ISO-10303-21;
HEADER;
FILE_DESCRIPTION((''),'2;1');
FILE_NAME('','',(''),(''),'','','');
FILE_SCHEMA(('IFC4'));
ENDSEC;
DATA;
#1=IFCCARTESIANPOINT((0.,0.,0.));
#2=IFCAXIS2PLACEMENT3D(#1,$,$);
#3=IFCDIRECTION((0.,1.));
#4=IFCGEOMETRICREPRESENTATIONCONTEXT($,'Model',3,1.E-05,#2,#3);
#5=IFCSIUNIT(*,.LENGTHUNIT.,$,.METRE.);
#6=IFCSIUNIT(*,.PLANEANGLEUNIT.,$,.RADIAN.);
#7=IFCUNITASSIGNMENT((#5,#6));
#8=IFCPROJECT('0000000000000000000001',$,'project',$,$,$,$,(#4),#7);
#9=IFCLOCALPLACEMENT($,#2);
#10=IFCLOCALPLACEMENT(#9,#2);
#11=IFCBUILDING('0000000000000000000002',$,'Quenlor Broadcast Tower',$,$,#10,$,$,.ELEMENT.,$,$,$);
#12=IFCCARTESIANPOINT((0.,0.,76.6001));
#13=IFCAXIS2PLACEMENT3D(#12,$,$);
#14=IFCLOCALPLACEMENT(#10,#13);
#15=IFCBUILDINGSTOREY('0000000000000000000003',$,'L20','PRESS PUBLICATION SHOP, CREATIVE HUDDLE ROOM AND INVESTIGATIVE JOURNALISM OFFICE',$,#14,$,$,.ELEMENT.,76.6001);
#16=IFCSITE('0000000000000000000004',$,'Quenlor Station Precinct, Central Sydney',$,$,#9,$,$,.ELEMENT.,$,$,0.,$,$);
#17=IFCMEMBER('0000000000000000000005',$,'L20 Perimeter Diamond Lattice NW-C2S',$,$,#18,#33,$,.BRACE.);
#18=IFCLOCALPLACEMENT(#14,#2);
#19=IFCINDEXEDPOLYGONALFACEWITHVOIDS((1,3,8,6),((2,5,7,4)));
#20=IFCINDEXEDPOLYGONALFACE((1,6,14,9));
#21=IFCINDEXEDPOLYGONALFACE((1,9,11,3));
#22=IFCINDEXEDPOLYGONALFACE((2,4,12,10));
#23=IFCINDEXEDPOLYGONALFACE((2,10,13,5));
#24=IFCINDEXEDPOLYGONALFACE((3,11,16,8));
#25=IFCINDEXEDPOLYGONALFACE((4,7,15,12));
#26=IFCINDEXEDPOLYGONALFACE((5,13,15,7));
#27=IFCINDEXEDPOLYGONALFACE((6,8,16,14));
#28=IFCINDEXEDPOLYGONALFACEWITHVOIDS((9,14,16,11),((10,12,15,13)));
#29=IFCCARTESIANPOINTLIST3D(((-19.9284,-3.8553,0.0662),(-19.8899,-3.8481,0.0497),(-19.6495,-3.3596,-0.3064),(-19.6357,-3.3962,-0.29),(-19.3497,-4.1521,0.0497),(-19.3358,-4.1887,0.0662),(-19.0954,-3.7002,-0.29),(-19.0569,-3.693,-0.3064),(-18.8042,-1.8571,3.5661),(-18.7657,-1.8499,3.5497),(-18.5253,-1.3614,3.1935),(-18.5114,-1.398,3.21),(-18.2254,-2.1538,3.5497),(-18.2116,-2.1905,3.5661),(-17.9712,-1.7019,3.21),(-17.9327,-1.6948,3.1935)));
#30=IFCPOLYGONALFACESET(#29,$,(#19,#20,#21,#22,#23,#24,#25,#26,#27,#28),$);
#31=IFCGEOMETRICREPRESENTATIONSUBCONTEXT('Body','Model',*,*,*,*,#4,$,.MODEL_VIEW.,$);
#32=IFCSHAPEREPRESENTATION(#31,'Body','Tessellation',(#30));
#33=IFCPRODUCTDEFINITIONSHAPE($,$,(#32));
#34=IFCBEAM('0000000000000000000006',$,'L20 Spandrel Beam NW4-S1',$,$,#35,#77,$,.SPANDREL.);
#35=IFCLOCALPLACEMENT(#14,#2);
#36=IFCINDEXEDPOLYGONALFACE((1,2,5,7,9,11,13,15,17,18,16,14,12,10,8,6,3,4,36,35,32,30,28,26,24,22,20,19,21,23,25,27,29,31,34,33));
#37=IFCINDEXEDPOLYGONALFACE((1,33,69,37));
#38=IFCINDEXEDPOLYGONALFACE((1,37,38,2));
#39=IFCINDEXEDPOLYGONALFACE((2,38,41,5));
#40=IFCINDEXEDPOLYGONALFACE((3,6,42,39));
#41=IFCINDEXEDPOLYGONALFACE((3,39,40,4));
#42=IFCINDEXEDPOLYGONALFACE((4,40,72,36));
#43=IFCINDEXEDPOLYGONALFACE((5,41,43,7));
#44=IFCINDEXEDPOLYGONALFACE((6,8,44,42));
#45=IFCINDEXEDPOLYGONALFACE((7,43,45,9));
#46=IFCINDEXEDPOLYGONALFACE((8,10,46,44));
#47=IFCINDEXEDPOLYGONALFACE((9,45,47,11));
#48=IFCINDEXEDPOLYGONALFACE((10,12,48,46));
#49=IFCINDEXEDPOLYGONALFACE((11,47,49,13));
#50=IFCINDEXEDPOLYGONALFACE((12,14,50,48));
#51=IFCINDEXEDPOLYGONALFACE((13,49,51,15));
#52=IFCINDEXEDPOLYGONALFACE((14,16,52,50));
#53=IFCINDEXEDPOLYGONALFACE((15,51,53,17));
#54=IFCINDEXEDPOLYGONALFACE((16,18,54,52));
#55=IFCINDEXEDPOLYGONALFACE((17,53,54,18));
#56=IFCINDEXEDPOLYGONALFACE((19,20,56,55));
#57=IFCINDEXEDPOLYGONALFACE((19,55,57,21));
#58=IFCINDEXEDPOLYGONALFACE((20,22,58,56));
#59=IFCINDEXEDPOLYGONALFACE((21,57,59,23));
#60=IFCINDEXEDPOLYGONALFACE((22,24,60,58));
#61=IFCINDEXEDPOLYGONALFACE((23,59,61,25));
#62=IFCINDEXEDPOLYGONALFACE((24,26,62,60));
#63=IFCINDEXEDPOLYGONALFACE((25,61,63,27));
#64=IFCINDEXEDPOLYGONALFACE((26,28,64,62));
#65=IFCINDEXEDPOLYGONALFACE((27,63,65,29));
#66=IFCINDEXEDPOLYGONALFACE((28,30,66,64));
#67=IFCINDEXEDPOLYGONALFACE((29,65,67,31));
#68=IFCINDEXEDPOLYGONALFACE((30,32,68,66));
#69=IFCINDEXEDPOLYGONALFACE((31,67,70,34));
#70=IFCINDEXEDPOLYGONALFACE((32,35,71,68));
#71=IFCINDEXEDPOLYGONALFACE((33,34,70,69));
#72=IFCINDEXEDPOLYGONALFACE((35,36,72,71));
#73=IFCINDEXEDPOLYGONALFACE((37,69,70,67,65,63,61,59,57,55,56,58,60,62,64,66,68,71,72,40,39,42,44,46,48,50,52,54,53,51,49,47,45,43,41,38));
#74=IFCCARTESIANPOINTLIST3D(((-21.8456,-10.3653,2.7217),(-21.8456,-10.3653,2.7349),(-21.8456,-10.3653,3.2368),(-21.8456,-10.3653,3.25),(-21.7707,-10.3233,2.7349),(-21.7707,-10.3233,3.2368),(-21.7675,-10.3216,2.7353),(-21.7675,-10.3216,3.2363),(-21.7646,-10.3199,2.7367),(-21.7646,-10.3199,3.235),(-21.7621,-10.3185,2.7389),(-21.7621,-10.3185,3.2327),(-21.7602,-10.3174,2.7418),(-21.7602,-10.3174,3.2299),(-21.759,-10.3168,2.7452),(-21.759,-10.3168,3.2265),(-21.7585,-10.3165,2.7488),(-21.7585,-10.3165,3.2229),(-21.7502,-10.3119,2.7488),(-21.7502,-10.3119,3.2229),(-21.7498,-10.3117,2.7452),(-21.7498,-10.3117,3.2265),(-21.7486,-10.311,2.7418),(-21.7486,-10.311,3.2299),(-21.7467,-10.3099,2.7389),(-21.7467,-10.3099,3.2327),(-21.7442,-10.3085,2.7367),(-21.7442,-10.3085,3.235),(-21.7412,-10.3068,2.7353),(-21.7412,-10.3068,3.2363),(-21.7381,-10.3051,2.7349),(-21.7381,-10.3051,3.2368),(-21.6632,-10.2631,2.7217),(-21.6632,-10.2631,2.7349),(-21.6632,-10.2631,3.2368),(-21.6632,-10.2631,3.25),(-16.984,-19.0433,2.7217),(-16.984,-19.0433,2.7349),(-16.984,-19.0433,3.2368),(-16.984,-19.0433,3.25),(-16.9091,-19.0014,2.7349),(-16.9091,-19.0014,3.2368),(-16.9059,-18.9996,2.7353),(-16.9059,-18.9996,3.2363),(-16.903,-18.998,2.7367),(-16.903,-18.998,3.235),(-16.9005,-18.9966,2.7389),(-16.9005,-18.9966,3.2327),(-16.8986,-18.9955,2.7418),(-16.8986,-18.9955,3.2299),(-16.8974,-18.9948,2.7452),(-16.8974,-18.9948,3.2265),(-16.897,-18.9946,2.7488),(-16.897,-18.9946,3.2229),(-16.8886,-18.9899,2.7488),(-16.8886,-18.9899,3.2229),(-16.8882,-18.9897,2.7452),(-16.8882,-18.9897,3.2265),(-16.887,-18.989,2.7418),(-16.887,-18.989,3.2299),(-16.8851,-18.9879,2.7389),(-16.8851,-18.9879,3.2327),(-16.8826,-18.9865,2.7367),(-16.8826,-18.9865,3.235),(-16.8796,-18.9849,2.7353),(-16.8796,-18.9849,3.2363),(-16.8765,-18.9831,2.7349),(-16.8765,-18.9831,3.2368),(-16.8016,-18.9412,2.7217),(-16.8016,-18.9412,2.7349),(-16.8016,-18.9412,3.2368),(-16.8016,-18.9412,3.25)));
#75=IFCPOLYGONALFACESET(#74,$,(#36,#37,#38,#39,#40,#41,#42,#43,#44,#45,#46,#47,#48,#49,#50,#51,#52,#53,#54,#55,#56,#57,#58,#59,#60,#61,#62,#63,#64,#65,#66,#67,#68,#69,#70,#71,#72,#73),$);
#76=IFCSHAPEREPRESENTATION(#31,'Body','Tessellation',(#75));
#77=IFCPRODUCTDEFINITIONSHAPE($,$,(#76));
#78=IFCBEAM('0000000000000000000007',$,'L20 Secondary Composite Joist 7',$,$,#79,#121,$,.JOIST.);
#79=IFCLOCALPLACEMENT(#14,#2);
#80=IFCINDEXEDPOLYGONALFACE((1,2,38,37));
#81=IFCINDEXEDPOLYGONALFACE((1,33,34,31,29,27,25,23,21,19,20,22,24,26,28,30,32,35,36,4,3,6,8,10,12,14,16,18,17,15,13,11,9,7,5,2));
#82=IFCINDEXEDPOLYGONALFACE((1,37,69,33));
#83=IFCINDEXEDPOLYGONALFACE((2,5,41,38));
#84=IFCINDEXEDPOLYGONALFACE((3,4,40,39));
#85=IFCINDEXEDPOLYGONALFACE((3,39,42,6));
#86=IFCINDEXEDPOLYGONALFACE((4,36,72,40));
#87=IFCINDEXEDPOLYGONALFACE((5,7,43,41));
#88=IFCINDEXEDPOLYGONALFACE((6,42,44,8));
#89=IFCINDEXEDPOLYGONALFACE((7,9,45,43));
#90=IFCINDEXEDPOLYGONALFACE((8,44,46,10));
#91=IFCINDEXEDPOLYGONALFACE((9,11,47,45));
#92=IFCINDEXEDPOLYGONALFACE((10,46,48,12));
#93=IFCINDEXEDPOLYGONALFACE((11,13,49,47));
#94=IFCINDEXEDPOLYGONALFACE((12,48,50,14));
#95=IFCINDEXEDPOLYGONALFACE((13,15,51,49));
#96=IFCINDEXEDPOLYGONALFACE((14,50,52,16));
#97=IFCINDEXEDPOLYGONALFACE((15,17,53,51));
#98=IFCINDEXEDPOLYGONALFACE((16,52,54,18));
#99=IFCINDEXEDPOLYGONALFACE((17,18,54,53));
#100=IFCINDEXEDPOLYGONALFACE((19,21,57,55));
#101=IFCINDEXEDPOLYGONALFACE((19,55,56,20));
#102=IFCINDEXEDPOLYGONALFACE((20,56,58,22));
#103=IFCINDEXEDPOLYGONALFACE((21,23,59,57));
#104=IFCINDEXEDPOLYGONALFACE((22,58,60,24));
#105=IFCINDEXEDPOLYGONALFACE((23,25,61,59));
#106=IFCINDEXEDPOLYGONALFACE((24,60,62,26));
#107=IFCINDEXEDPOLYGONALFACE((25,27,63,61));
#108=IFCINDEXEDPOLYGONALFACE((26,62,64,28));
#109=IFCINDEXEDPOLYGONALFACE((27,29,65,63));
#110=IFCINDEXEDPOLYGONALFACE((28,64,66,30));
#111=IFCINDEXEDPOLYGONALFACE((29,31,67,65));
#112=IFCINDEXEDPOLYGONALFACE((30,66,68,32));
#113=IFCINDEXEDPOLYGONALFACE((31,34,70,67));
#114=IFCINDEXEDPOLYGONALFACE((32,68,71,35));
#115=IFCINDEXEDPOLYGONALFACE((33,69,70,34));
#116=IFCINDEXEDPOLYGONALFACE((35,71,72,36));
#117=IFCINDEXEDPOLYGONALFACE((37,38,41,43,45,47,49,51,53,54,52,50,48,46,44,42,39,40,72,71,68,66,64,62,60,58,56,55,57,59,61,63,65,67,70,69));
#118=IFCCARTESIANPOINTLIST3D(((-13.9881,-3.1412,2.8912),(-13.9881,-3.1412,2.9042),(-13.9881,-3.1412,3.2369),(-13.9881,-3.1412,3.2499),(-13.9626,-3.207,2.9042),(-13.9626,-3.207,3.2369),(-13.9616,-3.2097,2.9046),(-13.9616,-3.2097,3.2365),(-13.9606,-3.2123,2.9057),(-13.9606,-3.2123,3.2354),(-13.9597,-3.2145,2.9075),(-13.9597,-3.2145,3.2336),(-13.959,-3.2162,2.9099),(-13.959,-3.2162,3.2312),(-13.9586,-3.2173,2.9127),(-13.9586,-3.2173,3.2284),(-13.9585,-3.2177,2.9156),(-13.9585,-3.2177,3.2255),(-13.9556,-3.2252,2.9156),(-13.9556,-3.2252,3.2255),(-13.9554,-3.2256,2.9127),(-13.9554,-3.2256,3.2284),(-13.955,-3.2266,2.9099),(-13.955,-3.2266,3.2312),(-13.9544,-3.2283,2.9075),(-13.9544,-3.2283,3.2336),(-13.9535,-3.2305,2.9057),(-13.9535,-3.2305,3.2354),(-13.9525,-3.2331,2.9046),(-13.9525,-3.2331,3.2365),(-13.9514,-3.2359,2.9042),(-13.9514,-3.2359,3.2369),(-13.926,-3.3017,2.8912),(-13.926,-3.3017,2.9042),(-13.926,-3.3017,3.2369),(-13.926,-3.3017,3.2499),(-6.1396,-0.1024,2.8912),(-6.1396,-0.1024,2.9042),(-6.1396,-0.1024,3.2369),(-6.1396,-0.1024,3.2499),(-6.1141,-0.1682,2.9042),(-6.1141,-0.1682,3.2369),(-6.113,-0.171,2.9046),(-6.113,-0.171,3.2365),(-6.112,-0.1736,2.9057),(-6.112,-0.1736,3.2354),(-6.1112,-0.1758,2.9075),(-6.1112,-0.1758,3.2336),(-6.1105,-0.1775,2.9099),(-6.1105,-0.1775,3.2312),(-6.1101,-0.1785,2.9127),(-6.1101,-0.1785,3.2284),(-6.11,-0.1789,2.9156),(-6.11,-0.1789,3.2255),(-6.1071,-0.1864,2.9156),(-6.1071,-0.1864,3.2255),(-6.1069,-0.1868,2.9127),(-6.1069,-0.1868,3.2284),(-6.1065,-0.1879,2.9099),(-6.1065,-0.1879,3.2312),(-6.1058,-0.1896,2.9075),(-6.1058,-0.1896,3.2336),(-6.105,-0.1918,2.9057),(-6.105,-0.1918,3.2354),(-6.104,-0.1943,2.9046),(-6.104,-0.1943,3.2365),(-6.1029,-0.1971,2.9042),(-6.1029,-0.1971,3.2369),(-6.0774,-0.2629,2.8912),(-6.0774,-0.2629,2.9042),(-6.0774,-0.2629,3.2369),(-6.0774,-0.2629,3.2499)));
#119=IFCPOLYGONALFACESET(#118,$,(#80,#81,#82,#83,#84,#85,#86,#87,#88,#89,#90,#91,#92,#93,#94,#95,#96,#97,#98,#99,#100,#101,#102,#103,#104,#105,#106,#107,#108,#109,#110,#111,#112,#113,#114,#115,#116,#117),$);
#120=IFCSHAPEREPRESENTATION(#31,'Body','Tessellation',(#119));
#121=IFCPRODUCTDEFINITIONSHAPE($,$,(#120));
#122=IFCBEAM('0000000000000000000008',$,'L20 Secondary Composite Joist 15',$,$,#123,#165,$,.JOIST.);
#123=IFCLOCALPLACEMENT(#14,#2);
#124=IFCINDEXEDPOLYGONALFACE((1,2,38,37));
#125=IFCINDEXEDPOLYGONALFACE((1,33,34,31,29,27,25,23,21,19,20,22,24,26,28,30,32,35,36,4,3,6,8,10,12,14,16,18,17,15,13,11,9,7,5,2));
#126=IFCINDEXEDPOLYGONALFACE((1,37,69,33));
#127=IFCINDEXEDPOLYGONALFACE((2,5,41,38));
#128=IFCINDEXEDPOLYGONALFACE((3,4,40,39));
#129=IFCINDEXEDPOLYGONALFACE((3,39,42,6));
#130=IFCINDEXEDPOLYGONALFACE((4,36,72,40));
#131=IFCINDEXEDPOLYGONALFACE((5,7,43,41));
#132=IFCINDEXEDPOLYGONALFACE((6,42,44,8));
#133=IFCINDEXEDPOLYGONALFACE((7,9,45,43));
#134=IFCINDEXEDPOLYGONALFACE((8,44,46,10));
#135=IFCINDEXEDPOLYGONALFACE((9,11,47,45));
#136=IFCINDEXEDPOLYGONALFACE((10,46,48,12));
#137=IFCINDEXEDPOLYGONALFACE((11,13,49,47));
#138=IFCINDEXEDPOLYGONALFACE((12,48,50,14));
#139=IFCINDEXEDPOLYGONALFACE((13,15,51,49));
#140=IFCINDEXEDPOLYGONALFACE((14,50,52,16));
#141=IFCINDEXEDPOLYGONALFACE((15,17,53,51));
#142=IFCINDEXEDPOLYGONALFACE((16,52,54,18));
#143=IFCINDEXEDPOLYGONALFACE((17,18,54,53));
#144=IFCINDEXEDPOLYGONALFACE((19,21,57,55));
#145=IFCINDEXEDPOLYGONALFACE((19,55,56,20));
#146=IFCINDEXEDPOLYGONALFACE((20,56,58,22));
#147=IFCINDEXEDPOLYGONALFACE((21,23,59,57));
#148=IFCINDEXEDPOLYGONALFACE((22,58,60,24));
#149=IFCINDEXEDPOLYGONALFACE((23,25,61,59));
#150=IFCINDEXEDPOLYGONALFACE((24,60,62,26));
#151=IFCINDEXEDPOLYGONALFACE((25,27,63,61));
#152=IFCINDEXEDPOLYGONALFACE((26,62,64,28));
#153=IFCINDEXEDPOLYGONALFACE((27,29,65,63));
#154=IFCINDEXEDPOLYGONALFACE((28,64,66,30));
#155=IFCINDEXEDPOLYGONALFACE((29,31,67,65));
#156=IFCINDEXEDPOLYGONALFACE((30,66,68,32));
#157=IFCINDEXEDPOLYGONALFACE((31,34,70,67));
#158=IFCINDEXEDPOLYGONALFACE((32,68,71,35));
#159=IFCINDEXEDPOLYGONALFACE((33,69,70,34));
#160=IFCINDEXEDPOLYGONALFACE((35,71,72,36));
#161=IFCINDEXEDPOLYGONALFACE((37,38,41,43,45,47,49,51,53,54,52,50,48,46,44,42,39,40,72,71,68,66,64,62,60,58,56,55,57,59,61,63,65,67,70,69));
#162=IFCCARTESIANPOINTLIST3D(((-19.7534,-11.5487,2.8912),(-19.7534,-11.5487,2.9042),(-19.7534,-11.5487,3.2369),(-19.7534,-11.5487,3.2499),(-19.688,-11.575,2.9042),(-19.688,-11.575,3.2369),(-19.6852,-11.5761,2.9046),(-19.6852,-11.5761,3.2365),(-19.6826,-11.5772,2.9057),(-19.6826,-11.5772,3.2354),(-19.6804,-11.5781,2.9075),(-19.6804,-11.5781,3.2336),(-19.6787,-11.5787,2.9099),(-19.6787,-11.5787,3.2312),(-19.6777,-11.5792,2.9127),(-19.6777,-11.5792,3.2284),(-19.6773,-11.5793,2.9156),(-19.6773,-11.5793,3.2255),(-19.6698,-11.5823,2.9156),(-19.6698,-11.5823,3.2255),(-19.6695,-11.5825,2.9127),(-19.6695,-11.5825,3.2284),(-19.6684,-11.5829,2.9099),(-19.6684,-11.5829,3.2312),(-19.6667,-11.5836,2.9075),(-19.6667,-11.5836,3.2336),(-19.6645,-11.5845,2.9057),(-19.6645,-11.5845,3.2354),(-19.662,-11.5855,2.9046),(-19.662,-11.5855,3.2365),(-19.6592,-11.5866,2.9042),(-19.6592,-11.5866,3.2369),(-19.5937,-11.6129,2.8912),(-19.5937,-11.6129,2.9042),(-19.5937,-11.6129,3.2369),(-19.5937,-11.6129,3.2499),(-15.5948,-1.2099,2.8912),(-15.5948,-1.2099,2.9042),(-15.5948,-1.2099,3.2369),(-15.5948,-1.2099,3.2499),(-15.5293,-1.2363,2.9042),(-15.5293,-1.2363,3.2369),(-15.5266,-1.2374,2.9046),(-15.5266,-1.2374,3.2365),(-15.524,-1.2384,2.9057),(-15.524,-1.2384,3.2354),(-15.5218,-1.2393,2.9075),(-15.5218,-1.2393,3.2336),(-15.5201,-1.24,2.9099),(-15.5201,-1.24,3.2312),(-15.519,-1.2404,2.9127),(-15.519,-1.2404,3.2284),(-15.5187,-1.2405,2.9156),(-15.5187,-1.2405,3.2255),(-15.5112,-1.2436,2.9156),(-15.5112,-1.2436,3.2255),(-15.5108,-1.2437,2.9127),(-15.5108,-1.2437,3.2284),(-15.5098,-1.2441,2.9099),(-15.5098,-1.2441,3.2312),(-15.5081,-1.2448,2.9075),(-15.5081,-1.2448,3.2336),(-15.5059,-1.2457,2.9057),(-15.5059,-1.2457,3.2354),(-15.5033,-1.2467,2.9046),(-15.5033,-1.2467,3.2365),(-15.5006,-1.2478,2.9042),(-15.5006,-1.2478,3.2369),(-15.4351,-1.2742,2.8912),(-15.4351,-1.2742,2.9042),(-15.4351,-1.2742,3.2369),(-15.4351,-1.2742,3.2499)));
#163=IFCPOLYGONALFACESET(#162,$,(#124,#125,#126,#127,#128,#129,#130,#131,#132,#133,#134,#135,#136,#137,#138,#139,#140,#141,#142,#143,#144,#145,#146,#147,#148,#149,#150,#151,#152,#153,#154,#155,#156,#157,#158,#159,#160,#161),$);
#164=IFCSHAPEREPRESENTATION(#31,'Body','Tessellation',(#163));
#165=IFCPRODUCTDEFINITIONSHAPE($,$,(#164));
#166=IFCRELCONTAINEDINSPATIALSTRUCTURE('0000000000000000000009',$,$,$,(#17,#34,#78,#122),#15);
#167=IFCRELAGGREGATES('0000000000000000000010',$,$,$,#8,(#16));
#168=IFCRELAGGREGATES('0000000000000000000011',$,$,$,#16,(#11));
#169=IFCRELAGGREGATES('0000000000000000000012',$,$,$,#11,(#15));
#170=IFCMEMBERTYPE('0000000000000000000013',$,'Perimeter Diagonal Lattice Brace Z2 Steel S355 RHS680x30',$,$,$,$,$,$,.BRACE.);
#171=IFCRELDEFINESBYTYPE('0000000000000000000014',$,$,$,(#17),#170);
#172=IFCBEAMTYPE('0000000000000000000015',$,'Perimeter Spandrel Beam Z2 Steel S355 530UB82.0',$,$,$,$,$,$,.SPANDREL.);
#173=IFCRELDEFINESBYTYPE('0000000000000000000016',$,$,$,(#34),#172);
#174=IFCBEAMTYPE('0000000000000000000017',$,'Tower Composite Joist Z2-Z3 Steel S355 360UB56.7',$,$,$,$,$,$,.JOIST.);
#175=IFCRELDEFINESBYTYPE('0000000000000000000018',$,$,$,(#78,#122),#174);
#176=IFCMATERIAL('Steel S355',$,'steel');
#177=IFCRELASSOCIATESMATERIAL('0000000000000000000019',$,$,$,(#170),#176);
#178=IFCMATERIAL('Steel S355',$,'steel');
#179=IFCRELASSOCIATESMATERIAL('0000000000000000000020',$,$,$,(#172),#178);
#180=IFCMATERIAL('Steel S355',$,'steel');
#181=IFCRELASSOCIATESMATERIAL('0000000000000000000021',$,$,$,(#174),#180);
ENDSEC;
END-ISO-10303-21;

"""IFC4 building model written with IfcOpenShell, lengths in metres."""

from ifc_helpers import new_model, si_unit, direction, frame, origin, origin_2d, place, context, subcontext, project, spatial, hollow_rectangle, i_section, extrude, material, material_profile, profile_set, type_object, element, save


model = new_model("IFC4")

# Units and contexts
model_context = context("Model", 3, precision=1e-05, world=origin(), true_north=direction((0.0, 1.0)))
body_context = subcontext(model_context, "Body", "Model", "MODEL_VIEW")
ifc_project = project(units=[si_unit("LENGTHUNIT", "METRE"), si_unit("PLANEANGLEUNIT", "RADIAN")], contexts=[model_context])

# Site, building, storey
site_placement = place(None, origin())
site = spatial("IfcSite", under=ifc_project, at=site_placement, Name="Quenlor Station Precinct, Central Sydney", CompositionType="ELEMENT", RefElevation=0.0)
building_placement = place(site_placement, origin())
building = spatial("IfcBuilding", under=site, at=building_placement, Name="Quenlor Broadcast Tower", CompositionType="ELEMENT")
storey_placement = place(building_placement, frame((0.0, 0.0, 76.6001)))
storey = spatial("IfcBuildingStorey", under=building, at=storey_placement, Name="L20", Description="PRESS PUBLICATION SHOP, CREATIVE HUDDLE ROOM AND INVESTIGATIVE JOURNALISM OFFICE", CompositionType="ELEMENT", Elevation=76.6001)

# Member
ifc_material_1 = material(Name="Steel S355", Category="steel")
ifc_material_profile_1 = material_profile(ifc_material_1, hollow_rectangle(XDim=0.6799, YDim=0.6799, WallThickness=0.03, at=origin_2d()))
ifc_profile_set_1 = profile_set([ifc_material_profile_1], Name="Steel S355 RHS680x680x30")
member_type_1 = type_object("IfcMemberType", Name="Perimeter Diagonal Lattice Brace Z2 Steel S355 RHS680x30", PredefinedType="BRACE", material=ifc_profile_set_1)
for number, where, z_axis, x_axis, name in (
    (1, (-19.4927, -3.7742, -0.1201), (0.268697, 0.477585, 0.836489), (-0.871533, 0.490337, 0.0), "L20 Perimeter Diamond Lattice NW-C2S"),
):
    element("IfcMember", number, at=place(storey_placement, frame(where, z_axis=z_axis, x_axis=x_axis)), inside=storey, type_object=member_type_1, Name=name, PredefinedType="BRACE", context=body_context, shape_type="SweptSolid", body=[
        extrude(hollow_rectangle(XDim=0.6799, YDim=0.6799, WallThickness=0.03, at=origin_2d()), origin(), (0.0, 0.0, 1.0), 4.1841),
    ])

# Beams
ifc_material_2 = material(Name="Steel S355", Category="steel")
ifc_material_profile_2 = material_profile(ifc_material_2, i_section(OverallWidth=0.209, OverallDepth=0.5283, WebThickness=0.0095, FlangeThickness=0.0132, FilletRadius=0.0139, at=origin_2d()))
ifc_profile_set_2 = profile_set([ifc_material_profile_2], Name="Steel S355 530UB82.0")
beam_type_1 = type_object("IfcBeamType", Name="Perimeter Spandrel Beam Z2 Steel S355 530UB82.0", PredefinedType="SPANDREL", material=ifc_profile_set_2)
beam_1_placement = place(storey_placement, frame((-21.7544, -10.3142, 2.9858), z_axis=(0.488749, -0.872424, 0.0), x_axis=(0.872424, 0.488749, 0.0)))
element("IfcBeam", 2, at=beam_1_placement, inside=storey, type_object=beam_type_1, Name="L20 Spandrel Beam NW4-S1", PredefinedType="SPANDREL", context=body_context, shape_type="SweptSolid", body=[
    extrude(i_section(OverallWidth=0.209, OverallDepth=0.5283, WebThickness=0.0095, FlangeThickness=0.0132, FilletRadius=0.0139, at=origin_2d()), origin(), (0.0, 0.0, 1.0), 9.947),
])
ifc_material_3 = material(Name="Steel S355", Category="steel")
ifc_material_profile_3 = material_profile(ifc_material_3, i_section(OverallWidth=0.1721, OverallDepth=0.3586, WebThickness=0.0081, FlangeThickness=0.0129, FilletRadius=0.0115, at=origin_2d()))
ifc_profile_set_3 = profile_set([ifc_material_profile_3], Name="Steel S355 360UB56.7")
beam_type_2 = type_object("IfcBeamType", Name="Tower Composite Joist Z2-Z3 Steel S355 360UB56.7", PredefinedType="JOIST", material=ifc_profile_set_3)
beam_2_placement = place(storey_placement, frame((-13.957, -3.2214, 3.0706), z_axis=(0.932543, 0.36106, 0.0), x_axis=(-0.36106, 0.932543, 0.0)))
element("IfcBeam", 3, at=beam_2_placement, inside=storey, type_object=beam_type_2, Name="L20 Secondary Composite Joist 7", PredefinedType="JOIST", context=body_context, shape_type="SweptSolid", body=[
    extrude(i_section(OverallWidth=0.1721, OverallDepth=0.3586, WebThickness=0.0081, FlangeThickness=0.0129, FilletRadius=0.0115, at=origin_2d()), origin(), (0.0, 0.0, 1.0), 8.4163),
])
beam_3_placement = place(storey_placement, frame((-19.6736, -11.5808, 3.0706), z_axis=(0.37318, 0.927759, 0.0), x_axis=(-0.927759, 0.37318, 0.0)))
element("IfcBeam", 4, at=beam_3_placement, inside=storey, type_object=beam_type_2, Name="L20 Secondary Composite Joist 15", PredefinedType="JOIST", context=body_context, shape_type="SweptSolid", body=[
    extrude(i_section(OverallWidth=0.1721, OverallDepth=0.3586, WebThickness=0.0081, FlangeThickness=0.0129, FilletRadius=0.0115, at=origin_2d()), origin(), (0.0, 0.0, 1.0), 11.1438),
])

save(model, "model.ifc")
